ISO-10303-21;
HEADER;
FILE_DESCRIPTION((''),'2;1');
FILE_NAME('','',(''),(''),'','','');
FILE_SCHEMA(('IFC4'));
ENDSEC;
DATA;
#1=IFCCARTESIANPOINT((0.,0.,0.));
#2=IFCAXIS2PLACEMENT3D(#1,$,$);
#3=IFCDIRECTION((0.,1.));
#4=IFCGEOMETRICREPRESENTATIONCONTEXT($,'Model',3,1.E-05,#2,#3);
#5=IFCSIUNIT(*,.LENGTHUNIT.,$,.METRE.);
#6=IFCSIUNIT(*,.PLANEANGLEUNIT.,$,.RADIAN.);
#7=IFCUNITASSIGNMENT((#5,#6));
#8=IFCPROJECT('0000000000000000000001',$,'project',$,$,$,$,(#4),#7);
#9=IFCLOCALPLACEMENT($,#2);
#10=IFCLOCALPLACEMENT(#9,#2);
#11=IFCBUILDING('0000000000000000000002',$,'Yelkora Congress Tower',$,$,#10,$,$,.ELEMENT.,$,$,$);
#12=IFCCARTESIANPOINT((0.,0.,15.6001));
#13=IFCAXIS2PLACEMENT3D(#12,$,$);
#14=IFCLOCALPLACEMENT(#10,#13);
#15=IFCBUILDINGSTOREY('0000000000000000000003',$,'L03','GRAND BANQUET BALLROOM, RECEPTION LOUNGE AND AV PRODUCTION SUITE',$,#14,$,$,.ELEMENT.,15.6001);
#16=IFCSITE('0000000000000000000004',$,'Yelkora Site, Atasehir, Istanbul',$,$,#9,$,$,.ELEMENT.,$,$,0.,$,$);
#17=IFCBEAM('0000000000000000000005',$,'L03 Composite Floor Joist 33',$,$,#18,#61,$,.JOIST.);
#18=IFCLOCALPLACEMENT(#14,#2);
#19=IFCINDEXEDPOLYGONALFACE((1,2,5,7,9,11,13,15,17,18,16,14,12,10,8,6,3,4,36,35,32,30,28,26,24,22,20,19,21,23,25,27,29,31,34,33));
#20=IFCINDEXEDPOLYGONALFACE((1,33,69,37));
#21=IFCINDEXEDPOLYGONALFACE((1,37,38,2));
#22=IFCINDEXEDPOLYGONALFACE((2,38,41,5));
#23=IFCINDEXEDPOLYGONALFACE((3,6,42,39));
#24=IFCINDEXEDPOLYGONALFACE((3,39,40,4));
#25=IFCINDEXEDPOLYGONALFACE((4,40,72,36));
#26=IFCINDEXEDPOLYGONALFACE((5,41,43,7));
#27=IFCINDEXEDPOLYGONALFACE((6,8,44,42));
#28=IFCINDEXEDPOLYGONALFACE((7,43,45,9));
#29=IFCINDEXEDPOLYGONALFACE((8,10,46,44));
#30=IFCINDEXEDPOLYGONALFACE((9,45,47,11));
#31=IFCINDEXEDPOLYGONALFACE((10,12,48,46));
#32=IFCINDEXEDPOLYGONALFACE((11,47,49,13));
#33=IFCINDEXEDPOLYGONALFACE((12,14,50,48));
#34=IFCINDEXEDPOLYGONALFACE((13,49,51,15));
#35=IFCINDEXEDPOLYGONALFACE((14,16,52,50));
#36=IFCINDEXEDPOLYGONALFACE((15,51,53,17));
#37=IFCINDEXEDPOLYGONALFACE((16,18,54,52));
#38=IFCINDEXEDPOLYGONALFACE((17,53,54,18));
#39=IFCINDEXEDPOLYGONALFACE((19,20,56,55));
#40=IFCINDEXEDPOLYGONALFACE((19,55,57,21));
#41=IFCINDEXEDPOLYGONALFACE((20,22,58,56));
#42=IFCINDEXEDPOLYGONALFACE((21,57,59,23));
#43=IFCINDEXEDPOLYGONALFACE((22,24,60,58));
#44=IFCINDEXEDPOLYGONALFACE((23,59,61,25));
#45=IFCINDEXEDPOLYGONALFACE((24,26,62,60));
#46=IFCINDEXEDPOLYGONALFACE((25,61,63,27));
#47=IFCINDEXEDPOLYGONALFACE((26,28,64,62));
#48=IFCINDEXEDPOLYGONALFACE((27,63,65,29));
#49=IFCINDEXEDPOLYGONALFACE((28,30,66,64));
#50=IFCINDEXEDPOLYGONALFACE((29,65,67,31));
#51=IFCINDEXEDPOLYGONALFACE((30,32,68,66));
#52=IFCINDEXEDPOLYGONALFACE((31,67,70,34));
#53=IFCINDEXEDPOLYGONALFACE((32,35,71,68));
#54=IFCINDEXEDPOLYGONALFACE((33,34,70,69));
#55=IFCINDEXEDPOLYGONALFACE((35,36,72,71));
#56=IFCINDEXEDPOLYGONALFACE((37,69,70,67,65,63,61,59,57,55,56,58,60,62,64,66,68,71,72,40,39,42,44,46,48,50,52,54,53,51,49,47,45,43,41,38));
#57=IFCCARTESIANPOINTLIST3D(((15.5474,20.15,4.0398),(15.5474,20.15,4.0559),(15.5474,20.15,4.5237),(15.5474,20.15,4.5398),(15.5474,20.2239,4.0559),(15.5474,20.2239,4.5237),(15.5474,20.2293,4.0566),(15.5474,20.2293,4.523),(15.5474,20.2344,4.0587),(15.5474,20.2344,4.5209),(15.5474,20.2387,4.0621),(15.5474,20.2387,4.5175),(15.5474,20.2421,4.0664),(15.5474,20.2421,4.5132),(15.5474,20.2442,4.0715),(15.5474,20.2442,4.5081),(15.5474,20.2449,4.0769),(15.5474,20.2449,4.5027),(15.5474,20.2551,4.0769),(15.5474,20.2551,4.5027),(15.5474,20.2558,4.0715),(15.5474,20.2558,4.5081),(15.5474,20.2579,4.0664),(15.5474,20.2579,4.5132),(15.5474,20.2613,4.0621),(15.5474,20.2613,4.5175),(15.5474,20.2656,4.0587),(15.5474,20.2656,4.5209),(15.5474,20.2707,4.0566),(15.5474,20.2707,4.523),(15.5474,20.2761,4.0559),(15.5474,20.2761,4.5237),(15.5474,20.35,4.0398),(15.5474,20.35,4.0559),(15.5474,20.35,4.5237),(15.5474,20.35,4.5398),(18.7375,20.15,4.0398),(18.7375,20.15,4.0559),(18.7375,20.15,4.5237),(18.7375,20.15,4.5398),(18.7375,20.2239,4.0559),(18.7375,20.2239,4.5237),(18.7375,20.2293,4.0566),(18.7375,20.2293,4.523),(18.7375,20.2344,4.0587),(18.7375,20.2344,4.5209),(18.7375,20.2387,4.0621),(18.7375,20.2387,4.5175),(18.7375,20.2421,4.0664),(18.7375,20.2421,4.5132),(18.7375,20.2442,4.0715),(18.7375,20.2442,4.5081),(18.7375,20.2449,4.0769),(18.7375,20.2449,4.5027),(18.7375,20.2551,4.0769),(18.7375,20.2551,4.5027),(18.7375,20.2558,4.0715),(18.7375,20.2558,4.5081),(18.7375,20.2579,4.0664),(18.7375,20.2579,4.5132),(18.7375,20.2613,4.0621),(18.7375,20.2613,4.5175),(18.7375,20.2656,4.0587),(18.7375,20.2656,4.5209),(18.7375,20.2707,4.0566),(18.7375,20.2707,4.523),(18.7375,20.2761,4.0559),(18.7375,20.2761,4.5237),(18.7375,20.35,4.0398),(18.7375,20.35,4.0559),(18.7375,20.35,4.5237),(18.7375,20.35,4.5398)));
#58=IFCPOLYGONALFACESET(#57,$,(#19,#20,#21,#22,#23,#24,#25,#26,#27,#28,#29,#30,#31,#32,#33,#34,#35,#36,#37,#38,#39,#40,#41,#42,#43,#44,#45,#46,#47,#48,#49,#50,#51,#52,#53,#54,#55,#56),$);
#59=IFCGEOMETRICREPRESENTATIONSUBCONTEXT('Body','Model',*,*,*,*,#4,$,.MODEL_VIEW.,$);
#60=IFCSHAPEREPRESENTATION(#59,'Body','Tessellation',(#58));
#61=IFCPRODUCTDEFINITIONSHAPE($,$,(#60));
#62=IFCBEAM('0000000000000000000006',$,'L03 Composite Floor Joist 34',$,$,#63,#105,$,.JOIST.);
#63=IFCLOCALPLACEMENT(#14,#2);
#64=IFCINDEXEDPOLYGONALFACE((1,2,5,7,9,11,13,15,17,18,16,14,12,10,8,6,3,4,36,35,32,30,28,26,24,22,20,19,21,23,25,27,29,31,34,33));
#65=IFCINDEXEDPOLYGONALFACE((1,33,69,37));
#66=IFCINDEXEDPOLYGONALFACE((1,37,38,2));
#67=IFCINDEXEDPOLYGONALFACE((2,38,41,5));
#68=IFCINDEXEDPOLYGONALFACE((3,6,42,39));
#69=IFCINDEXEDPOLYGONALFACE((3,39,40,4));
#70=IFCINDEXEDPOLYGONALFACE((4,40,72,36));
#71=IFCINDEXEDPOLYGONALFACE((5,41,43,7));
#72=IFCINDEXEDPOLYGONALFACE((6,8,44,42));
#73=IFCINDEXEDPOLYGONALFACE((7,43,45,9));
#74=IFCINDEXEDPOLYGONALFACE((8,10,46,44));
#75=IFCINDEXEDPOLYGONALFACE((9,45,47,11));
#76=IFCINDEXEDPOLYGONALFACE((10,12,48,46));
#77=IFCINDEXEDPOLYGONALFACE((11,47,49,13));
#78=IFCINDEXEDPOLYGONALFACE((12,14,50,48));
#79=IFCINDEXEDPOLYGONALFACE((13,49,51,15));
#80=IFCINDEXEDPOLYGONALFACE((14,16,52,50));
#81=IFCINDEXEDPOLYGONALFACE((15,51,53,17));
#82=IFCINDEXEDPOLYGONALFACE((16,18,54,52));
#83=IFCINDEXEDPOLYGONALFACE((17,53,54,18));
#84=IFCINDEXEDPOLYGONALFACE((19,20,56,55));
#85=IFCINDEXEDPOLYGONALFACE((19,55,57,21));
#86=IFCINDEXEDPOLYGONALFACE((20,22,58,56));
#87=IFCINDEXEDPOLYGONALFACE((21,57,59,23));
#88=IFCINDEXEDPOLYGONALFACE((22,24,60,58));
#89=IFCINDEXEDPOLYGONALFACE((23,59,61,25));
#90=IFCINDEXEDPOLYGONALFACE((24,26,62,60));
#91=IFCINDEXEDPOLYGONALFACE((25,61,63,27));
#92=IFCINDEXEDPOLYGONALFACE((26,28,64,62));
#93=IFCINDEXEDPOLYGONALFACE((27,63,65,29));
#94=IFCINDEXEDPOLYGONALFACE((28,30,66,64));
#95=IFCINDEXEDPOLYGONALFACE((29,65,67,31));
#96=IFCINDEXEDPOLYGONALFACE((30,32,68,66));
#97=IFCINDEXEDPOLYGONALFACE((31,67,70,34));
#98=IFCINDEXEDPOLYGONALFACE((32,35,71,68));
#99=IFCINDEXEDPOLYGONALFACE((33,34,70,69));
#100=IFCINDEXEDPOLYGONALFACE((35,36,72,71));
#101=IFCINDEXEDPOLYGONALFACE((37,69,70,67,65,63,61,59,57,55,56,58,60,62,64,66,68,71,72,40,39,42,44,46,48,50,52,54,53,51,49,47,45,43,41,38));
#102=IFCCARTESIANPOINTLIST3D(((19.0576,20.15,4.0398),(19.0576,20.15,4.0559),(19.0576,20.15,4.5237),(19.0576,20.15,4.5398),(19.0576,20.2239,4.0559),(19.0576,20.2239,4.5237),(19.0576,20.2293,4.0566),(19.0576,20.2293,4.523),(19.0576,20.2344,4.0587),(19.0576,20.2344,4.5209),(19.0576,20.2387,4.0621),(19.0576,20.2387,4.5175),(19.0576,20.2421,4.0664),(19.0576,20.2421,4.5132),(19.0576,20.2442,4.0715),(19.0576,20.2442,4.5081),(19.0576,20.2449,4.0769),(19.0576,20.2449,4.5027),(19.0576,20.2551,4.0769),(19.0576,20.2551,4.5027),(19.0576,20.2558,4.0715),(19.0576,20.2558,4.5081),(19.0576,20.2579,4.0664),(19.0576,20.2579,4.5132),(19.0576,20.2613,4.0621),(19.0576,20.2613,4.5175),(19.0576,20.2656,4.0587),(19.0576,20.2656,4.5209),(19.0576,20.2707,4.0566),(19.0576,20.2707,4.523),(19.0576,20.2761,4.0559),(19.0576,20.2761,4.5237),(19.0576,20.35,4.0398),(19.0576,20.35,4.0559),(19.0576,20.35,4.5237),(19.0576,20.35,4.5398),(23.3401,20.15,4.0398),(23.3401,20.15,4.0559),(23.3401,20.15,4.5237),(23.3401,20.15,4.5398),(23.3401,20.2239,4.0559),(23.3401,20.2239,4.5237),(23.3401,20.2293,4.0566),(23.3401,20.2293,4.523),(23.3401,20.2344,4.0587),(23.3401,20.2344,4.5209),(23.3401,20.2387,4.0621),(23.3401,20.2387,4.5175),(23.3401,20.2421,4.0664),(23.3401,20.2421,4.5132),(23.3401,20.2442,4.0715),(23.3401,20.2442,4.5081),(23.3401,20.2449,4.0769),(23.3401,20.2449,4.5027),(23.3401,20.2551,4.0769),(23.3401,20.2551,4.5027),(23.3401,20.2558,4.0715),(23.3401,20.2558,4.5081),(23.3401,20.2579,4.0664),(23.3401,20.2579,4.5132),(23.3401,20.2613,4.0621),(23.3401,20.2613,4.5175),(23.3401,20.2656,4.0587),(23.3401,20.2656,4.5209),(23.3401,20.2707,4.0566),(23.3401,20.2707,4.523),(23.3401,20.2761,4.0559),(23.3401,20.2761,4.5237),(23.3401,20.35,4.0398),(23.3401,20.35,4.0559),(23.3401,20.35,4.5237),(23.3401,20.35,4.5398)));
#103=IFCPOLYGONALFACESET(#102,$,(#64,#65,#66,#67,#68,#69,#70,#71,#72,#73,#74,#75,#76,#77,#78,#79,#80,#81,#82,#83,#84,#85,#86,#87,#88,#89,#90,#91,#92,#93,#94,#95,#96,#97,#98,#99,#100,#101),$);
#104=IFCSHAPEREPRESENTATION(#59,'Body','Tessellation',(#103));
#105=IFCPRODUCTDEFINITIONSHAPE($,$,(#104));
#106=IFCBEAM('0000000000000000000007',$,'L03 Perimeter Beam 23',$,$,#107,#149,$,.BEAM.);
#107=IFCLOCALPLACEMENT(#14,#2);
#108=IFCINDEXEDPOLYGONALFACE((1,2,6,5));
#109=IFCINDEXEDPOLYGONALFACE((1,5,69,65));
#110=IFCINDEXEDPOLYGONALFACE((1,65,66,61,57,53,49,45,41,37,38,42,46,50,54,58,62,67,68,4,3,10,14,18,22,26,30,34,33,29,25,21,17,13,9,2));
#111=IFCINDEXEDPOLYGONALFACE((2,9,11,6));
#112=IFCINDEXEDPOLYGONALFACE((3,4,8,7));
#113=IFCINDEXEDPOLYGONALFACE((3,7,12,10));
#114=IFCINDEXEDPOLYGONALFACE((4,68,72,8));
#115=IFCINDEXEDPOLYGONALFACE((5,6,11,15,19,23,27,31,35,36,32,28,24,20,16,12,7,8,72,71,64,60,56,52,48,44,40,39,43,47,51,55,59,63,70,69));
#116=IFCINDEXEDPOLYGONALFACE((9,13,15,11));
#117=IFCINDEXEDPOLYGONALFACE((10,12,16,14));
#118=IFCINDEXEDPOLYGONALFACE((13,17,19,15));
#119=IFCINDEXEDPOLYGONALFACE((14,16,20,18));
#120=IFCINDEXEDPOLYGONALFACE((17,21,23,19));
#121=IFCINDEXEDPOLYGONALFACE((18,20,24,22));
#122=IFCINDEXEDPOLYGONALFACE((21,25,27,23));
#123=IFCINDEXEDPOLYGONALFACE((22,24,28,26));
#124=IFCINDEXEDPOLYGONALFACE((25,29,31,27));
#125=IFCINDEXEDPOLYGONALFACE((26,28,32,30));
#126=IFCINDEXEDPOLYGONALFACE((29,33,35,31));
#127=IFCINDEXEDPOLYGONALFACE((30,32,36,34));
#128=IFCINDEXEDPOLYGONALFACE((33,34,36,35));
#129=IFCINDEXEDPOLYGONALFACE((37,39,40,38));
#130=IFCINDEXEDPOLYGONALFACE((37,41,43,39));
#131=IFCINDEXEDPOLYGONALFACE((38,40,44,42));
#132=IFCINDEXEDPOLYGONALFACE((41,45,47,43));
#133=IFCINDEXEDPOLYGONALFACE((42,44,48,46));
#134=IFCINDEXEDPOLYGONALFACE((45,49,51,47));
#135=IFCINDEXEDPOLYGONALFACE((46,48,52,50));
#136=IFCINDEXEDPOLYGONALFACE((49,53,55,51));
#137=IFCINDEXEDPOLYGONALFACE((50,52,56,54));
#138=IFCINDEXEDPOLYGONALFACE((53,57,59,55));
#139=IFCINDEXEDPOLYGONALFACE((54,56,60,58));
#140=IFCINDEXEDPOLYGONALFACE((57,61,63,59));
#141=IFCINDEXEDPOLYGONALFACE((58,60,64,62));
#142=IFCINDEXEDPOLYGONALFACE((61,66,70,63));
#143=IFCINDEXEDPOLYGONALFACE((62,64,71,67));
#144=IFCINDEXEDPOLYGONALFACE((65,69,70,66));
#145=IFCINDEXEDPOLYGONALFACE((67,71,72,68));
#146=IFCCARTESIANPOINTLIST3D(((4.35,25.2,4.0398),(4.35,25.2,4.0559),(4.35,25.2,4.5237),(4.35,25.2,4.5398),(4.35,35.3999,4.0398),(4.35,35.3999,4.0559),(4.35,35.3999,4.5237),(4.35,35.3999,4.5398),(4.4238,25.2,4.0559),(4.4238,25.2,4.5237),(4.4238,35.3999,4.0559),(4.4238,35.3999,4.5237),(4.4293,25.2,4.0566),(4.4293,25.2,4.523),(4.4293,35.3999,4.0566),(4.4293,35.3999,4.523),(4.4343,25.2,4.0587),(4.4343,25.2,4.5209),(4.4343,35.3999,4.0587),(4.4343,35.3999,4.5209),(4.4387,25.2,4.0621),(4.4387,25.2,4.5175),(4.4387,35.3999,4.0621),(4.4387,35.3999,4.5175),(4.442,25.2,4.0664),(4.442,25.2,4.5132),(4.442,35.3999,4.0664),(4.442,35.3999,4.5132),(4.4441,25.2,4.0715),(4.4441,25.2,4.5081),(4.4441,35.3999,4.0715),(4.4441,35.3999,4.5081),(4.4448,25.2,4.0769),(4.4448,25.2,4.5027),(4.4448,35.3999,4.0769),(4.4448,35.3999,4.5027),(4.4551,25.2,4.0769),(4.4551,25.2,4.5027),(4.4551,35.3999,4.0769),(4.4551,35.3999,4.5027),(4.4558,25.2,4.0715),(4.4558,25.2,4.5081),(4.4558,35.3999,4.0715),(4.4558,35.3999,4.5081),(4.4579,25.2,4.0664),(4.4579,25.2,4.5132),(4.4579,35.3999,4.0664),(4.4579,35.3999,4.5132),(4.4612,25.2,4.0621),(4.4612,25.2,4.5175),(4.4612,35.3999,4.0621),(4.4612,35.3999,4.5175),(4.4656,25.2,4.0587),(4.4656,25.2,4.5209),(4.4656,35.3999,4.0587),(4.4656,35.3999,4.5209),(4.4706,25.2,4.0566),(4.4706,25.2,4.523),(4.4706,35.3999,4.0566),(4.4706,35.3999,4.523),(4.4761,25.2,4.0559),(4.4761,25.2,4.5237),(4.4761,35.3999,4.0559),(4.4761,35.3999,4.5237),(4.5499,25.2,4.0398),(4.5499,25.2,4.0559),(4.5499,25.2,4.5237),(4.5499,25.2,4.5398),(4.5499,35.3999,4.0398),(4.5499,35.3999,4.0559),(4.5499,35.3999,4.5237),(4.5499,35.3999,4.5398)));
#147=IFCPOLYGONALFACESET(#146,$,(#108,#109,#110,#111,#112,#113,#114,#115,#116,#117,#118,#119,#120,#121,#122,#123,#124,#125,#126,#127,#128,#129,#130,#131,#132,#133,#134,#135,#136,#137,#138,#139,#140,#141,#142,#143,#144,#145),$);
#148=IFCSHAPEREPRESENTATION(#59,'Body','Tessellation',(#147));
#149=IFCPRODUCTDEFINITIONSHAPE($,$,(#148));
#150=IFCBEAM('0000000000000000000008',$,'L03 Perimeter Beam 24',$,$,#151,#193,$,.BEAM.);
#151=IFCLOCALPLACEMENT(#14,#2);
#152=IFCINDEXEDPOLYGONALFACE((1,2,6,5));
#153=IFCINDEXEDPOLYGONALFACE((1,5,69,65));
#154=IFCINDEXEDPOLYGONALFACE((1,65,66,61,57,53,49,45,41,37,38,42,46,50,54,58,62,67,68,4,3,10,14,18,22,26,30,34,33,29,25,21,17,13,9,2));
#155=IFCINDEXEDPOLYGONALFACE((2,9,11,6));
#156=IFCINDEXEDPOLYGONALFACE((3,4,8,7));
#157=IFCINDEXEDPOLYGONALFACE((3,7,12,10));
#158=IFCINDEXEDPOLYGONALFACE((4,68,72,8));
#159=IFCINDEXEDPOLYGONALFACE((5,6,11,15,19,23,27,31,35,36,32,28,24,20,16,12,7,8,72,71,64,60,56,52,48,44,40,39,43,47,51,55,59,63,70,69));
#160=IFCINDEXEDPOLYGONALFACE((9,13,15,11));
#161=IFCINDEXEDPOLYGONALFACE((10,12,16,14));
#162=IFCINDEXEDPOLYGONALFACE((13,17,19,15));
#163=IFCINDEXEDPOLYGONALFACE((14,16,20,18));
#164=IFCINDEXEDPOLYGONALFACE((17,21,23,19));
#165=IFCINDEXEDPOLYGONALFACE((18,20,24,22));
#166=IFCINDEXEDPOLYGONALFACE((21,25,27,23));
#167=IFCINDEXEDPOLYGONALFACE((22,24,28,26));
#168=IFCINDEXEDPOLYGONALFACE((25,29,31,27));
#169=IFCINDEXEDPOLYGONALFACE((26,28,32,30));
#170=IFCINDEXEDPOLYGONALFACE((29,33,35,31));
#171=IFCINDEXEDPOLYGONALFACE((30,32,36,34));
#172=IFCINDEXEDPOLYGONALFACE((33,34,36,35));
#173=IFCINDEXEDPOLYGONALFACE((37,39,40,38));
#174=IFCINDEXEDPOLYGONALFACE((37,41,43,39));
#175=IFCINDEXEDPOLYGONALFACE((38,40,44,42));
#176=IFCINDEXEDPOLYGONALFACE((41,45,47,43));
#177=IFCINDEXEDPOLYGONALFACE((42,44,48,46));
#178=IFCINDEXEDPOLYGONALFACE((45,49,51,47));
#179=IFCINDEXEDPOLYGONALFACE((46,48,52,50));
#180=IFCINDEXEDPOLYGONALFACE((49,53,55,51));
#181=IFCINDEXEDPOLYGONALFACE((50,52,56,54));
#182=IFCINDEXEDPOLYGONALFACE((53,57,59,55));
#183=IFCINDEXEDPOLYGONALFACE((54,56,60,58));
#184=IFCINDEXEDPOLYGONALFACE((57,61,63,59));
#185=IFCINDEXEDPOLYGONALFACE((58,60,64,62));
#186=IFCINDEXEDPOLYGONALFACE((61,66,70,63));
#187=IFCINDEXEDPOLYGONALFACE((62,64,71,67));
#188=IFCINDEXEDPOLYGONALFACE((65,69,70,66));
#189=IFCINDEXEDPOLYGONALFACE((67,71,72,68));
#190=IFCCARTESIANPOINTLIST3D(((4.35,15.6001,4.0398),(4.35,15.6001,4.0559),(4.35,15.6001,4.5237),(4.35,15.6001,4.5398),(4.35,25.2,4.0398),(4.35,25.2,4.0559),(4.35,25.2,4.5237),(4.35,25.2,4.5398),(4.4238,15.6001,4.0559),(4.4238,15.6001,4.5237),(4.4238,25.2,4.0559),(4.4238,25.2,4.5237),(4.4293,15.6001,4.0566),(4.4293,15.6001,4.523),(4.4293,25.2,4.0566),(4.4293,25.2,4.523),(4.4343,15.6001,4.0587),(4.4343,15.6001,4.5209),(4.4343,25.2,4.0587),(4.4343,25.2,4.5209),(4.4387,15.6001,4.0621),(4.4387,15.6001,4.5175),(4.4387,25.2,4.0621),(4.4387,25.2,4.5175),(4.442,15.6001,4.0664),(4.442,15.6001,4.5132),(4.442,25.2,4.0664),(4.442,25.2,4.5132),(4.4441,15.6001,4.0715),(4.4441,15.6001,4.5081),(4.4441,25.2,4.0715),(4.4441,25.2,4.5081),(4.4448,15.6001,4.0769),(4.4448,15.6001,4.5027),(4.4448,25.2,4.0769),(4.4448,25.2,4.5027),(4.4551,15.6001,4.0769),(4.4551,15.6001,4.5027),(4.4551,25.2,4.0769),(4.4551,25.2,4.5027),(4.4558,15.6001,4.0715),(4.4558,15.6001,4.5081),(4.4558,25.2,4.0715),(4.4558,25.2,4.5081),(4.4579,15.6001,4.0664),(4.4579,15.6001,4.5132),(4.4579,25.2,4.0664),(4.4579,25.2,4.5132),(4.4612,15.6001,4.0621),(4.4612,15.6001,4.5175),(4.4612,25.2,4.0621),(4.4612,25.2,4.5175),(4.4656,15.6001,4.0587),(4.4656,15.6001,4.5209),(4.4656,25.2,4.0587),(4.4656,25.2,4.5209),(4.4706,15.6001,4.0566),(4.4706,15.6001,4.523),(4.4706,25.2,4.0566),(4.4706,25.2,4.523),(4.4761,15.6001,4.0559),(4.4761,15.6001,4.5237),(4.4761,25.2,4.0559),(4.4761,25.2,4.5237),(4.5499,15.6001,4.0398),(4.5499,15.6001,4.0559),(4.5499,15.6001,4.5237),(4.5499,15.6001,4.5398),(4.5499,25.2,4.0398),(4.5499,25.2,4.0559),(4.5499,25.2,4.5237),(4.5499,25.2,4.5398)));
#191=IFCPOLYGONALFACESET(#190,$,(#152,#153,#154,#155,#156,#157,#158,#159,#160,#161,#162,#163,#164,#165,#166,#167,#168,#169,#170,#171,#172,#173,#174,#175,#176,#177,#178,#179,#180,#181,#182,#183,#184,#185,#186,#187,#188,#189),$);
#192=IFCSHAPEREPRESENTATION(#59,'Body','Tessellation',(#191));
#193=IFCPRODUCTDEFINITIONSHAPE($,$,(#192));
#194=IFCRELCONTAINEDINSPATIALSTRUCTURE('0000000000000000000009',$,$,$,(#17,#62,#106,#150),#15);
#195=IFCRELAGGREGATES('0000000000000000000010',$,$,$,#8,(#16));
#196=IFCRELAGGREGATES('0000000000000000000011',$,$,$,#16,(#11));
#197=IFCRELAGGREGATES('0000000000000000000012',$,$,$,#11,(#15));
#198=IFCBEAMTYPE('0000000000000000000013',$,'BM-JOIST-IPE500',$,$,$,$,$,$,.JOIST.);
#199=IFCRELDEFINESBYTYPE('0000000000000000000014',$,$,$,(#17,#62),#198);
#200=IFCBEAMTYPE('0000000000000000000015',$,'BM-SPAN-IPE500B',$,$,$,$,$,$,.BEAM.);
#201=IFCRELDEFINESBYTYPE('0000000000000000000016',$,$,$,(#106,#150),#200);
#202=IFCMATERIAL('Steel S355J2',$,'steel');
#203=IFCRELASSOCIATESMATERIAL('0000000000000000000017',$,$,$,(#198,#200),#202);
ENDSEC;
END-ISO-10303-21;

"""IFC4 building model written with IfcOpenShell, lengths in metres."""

from ifc_helpers import new_model, si_unit, direction, frame, origin, origin_2d, place, context, subcontext, project, spatial, i_section, extrude, material, material_profile, profile_set, type_object, element, save


model = new_model("IFC4")

# Units and contexts
model_context = context("Model", 3, precision=1e-05, world=origin(), true_north=direction((0.0, 1.0)))
body_context = subcontext(model_context, "Body", "Model", "MODEL_VIEW")
ifc_project = project(units=[si_unit("LENGTHUNIT", "METRE"), si_unit("PLANEANGLEUNIT", "RADIAN")], contexts=[model_context])

# Site, building, storey
site_placement = place(None, origin())
site = spatial("IfcSite", under=ifc_project, at=site_placement, Name="Yelkora Site, Atasehir, Istanbul", CompositionType="ELEMENT", RefElevation=0.0)
building_placement = place(site_placement, origin())
building = spatial("IfcBuilding", under=site, at=building_placement, Name="Yelkora Congress Tower", CompositionType="ELEMENT")
storey_placement = place(building_placement, frame((0.0, 0.0, 15.6001)))
storey = spatial("IfcBuildingStorey", under=building, at=storey_placement, Name="L03", Description="GRAND BANQUET BALLROOM, RECEPTION LOUNGE AND AV PRODUCTION SUITE", CompositionType="ELEMENT", Elevation=15.6001)

# Beams
ifc_material_1 = material(Name="Steel S355J2", Category="steel")
ifc_material_profile_1 = material_profile(ifc_material_1, i_section(OverallWidth=0.2, OverallDepth=0.5, WebThickness=0.0103, FlangeThickness=0.0161, FilletRadius=0.021, at=origin_2d()), Name="IPE 500")
ifc_profile_set_1 = profile_set([ifc_material_profile_1], Name="Steel S355J2")
beam_type_1 = type_object("IfcBeamType", Name="BM-JOIST-IPE500", PredefinedType="JOIST", material=ifc_profile_set_1)
beam_1_placement = place(storey_placement, frame((15.5474, 20.25, 4.2898), z_axis=(1.0, 0.0, 0.0), x_axis=(0.0, 1.0, 0.0)))
element("IfcBeam", 1, at=beam_1_placement, inside=storey, type_object=beam_type_1, Name="L03 Composite Floor Joist 33", PredefinedType="JOIST", context=body_context, shape_type="SweptSolid", body=[
    extrude(i_section(OverallWidth=0.2, OverallDepth=0.5, WebThickness=0.0103, FlangeThickness=0.0161, FilletRadius=0.021, at=origin_2d()), origin(), (0.0, 0.0, 1.0), 3.1902),
])
beam_2_placement = place(storey_placement, frame((19.0576, 20.25, 4.2898), z_axis=(1.0, 0.0, 0.0), x_axis=(0.0, 1.0, 0.0)))
element("IfcBeam", 2, at=beam_2_placement, inside=storey, type_object=beam_type_1, Name="L03 Composite Floor Joist 34", PredefinedType="JOIST", context=body_context, shape_type="SweptSolid", body=[
    extrude(i_section(OverallWidth=0.2, OverallDepth=0.5, WebThickness=0.0103, FlangeThickness=0.0161, FilletRadius=0.021, at=origin_2d()), origin(), (0.0, 0.0, 1.0), 4.2825),
])
ifc_material_profile_2 = material_profile(ifc_material_1, i_section(OverallWidth=0.2, OverallDepth=0.5, WebThickness=0.0103, FlangeThickness=0.0161, FilletRadius=0.021, at=origin_2d()), Name="IPE 500")
ifc_profile_set_2 = profile_set([ifc_material_profile_2], Name="Steel S355J2")
beam_type_2 = type_object("IfcBeamType", Name="BM-SPAN-IPE500B", PredefinedType="BEAM", material=ifc_profile_set_2)
beam_3_placement = place(storey_placement, frame((4.45, 35.3999, 4.2898), z_axis=(0.0, -1.0, 0.0), x_axis=(1.0, 0.0, 0.0)))
element("IfcBeam", 3, at=beam_3_placement, inside=storey, type_object=beam_type_2, Name="L03 Perimeter Beam 23", PredefinedType="BEAM", context=body_context, shape_type="SweptSolid", body=[
    extrude(i_section(OverallWidth=0.2, OverallDepth=0.5, WebThickness=0.0103, FlangeThickness=0.0161, FilletRadius=0.021, at=origin_2d()), origin(), (0.0, 0.0, 1.0), 10.2),
])
beam_4_placement = place(storey_placement, frame((4.45, 25.2, 4.2898), z_axis=(0.0, -1.0, 0.0), x_axis=(1.0, 0.0, 0.0)))
element("IfcBeam", 4, at=beam_4_placement, inside=storey, type_object=beam_type_2, Name="L03 Perimeter Beam 24", PredefinedType="BEAM", context=body_context, shape_type="SweptSolid", body=[
    extrude(i_section(OverallWidth=0.2, OverallDepth=0.5, WebThickness=0.0103, FlangeThickness=0.0161, FilletRadius=0.021, at=origin_2d()), origin(), (0.0, 0.0, 1.0), 9.5999),
])

save(model, "model.ifc")
